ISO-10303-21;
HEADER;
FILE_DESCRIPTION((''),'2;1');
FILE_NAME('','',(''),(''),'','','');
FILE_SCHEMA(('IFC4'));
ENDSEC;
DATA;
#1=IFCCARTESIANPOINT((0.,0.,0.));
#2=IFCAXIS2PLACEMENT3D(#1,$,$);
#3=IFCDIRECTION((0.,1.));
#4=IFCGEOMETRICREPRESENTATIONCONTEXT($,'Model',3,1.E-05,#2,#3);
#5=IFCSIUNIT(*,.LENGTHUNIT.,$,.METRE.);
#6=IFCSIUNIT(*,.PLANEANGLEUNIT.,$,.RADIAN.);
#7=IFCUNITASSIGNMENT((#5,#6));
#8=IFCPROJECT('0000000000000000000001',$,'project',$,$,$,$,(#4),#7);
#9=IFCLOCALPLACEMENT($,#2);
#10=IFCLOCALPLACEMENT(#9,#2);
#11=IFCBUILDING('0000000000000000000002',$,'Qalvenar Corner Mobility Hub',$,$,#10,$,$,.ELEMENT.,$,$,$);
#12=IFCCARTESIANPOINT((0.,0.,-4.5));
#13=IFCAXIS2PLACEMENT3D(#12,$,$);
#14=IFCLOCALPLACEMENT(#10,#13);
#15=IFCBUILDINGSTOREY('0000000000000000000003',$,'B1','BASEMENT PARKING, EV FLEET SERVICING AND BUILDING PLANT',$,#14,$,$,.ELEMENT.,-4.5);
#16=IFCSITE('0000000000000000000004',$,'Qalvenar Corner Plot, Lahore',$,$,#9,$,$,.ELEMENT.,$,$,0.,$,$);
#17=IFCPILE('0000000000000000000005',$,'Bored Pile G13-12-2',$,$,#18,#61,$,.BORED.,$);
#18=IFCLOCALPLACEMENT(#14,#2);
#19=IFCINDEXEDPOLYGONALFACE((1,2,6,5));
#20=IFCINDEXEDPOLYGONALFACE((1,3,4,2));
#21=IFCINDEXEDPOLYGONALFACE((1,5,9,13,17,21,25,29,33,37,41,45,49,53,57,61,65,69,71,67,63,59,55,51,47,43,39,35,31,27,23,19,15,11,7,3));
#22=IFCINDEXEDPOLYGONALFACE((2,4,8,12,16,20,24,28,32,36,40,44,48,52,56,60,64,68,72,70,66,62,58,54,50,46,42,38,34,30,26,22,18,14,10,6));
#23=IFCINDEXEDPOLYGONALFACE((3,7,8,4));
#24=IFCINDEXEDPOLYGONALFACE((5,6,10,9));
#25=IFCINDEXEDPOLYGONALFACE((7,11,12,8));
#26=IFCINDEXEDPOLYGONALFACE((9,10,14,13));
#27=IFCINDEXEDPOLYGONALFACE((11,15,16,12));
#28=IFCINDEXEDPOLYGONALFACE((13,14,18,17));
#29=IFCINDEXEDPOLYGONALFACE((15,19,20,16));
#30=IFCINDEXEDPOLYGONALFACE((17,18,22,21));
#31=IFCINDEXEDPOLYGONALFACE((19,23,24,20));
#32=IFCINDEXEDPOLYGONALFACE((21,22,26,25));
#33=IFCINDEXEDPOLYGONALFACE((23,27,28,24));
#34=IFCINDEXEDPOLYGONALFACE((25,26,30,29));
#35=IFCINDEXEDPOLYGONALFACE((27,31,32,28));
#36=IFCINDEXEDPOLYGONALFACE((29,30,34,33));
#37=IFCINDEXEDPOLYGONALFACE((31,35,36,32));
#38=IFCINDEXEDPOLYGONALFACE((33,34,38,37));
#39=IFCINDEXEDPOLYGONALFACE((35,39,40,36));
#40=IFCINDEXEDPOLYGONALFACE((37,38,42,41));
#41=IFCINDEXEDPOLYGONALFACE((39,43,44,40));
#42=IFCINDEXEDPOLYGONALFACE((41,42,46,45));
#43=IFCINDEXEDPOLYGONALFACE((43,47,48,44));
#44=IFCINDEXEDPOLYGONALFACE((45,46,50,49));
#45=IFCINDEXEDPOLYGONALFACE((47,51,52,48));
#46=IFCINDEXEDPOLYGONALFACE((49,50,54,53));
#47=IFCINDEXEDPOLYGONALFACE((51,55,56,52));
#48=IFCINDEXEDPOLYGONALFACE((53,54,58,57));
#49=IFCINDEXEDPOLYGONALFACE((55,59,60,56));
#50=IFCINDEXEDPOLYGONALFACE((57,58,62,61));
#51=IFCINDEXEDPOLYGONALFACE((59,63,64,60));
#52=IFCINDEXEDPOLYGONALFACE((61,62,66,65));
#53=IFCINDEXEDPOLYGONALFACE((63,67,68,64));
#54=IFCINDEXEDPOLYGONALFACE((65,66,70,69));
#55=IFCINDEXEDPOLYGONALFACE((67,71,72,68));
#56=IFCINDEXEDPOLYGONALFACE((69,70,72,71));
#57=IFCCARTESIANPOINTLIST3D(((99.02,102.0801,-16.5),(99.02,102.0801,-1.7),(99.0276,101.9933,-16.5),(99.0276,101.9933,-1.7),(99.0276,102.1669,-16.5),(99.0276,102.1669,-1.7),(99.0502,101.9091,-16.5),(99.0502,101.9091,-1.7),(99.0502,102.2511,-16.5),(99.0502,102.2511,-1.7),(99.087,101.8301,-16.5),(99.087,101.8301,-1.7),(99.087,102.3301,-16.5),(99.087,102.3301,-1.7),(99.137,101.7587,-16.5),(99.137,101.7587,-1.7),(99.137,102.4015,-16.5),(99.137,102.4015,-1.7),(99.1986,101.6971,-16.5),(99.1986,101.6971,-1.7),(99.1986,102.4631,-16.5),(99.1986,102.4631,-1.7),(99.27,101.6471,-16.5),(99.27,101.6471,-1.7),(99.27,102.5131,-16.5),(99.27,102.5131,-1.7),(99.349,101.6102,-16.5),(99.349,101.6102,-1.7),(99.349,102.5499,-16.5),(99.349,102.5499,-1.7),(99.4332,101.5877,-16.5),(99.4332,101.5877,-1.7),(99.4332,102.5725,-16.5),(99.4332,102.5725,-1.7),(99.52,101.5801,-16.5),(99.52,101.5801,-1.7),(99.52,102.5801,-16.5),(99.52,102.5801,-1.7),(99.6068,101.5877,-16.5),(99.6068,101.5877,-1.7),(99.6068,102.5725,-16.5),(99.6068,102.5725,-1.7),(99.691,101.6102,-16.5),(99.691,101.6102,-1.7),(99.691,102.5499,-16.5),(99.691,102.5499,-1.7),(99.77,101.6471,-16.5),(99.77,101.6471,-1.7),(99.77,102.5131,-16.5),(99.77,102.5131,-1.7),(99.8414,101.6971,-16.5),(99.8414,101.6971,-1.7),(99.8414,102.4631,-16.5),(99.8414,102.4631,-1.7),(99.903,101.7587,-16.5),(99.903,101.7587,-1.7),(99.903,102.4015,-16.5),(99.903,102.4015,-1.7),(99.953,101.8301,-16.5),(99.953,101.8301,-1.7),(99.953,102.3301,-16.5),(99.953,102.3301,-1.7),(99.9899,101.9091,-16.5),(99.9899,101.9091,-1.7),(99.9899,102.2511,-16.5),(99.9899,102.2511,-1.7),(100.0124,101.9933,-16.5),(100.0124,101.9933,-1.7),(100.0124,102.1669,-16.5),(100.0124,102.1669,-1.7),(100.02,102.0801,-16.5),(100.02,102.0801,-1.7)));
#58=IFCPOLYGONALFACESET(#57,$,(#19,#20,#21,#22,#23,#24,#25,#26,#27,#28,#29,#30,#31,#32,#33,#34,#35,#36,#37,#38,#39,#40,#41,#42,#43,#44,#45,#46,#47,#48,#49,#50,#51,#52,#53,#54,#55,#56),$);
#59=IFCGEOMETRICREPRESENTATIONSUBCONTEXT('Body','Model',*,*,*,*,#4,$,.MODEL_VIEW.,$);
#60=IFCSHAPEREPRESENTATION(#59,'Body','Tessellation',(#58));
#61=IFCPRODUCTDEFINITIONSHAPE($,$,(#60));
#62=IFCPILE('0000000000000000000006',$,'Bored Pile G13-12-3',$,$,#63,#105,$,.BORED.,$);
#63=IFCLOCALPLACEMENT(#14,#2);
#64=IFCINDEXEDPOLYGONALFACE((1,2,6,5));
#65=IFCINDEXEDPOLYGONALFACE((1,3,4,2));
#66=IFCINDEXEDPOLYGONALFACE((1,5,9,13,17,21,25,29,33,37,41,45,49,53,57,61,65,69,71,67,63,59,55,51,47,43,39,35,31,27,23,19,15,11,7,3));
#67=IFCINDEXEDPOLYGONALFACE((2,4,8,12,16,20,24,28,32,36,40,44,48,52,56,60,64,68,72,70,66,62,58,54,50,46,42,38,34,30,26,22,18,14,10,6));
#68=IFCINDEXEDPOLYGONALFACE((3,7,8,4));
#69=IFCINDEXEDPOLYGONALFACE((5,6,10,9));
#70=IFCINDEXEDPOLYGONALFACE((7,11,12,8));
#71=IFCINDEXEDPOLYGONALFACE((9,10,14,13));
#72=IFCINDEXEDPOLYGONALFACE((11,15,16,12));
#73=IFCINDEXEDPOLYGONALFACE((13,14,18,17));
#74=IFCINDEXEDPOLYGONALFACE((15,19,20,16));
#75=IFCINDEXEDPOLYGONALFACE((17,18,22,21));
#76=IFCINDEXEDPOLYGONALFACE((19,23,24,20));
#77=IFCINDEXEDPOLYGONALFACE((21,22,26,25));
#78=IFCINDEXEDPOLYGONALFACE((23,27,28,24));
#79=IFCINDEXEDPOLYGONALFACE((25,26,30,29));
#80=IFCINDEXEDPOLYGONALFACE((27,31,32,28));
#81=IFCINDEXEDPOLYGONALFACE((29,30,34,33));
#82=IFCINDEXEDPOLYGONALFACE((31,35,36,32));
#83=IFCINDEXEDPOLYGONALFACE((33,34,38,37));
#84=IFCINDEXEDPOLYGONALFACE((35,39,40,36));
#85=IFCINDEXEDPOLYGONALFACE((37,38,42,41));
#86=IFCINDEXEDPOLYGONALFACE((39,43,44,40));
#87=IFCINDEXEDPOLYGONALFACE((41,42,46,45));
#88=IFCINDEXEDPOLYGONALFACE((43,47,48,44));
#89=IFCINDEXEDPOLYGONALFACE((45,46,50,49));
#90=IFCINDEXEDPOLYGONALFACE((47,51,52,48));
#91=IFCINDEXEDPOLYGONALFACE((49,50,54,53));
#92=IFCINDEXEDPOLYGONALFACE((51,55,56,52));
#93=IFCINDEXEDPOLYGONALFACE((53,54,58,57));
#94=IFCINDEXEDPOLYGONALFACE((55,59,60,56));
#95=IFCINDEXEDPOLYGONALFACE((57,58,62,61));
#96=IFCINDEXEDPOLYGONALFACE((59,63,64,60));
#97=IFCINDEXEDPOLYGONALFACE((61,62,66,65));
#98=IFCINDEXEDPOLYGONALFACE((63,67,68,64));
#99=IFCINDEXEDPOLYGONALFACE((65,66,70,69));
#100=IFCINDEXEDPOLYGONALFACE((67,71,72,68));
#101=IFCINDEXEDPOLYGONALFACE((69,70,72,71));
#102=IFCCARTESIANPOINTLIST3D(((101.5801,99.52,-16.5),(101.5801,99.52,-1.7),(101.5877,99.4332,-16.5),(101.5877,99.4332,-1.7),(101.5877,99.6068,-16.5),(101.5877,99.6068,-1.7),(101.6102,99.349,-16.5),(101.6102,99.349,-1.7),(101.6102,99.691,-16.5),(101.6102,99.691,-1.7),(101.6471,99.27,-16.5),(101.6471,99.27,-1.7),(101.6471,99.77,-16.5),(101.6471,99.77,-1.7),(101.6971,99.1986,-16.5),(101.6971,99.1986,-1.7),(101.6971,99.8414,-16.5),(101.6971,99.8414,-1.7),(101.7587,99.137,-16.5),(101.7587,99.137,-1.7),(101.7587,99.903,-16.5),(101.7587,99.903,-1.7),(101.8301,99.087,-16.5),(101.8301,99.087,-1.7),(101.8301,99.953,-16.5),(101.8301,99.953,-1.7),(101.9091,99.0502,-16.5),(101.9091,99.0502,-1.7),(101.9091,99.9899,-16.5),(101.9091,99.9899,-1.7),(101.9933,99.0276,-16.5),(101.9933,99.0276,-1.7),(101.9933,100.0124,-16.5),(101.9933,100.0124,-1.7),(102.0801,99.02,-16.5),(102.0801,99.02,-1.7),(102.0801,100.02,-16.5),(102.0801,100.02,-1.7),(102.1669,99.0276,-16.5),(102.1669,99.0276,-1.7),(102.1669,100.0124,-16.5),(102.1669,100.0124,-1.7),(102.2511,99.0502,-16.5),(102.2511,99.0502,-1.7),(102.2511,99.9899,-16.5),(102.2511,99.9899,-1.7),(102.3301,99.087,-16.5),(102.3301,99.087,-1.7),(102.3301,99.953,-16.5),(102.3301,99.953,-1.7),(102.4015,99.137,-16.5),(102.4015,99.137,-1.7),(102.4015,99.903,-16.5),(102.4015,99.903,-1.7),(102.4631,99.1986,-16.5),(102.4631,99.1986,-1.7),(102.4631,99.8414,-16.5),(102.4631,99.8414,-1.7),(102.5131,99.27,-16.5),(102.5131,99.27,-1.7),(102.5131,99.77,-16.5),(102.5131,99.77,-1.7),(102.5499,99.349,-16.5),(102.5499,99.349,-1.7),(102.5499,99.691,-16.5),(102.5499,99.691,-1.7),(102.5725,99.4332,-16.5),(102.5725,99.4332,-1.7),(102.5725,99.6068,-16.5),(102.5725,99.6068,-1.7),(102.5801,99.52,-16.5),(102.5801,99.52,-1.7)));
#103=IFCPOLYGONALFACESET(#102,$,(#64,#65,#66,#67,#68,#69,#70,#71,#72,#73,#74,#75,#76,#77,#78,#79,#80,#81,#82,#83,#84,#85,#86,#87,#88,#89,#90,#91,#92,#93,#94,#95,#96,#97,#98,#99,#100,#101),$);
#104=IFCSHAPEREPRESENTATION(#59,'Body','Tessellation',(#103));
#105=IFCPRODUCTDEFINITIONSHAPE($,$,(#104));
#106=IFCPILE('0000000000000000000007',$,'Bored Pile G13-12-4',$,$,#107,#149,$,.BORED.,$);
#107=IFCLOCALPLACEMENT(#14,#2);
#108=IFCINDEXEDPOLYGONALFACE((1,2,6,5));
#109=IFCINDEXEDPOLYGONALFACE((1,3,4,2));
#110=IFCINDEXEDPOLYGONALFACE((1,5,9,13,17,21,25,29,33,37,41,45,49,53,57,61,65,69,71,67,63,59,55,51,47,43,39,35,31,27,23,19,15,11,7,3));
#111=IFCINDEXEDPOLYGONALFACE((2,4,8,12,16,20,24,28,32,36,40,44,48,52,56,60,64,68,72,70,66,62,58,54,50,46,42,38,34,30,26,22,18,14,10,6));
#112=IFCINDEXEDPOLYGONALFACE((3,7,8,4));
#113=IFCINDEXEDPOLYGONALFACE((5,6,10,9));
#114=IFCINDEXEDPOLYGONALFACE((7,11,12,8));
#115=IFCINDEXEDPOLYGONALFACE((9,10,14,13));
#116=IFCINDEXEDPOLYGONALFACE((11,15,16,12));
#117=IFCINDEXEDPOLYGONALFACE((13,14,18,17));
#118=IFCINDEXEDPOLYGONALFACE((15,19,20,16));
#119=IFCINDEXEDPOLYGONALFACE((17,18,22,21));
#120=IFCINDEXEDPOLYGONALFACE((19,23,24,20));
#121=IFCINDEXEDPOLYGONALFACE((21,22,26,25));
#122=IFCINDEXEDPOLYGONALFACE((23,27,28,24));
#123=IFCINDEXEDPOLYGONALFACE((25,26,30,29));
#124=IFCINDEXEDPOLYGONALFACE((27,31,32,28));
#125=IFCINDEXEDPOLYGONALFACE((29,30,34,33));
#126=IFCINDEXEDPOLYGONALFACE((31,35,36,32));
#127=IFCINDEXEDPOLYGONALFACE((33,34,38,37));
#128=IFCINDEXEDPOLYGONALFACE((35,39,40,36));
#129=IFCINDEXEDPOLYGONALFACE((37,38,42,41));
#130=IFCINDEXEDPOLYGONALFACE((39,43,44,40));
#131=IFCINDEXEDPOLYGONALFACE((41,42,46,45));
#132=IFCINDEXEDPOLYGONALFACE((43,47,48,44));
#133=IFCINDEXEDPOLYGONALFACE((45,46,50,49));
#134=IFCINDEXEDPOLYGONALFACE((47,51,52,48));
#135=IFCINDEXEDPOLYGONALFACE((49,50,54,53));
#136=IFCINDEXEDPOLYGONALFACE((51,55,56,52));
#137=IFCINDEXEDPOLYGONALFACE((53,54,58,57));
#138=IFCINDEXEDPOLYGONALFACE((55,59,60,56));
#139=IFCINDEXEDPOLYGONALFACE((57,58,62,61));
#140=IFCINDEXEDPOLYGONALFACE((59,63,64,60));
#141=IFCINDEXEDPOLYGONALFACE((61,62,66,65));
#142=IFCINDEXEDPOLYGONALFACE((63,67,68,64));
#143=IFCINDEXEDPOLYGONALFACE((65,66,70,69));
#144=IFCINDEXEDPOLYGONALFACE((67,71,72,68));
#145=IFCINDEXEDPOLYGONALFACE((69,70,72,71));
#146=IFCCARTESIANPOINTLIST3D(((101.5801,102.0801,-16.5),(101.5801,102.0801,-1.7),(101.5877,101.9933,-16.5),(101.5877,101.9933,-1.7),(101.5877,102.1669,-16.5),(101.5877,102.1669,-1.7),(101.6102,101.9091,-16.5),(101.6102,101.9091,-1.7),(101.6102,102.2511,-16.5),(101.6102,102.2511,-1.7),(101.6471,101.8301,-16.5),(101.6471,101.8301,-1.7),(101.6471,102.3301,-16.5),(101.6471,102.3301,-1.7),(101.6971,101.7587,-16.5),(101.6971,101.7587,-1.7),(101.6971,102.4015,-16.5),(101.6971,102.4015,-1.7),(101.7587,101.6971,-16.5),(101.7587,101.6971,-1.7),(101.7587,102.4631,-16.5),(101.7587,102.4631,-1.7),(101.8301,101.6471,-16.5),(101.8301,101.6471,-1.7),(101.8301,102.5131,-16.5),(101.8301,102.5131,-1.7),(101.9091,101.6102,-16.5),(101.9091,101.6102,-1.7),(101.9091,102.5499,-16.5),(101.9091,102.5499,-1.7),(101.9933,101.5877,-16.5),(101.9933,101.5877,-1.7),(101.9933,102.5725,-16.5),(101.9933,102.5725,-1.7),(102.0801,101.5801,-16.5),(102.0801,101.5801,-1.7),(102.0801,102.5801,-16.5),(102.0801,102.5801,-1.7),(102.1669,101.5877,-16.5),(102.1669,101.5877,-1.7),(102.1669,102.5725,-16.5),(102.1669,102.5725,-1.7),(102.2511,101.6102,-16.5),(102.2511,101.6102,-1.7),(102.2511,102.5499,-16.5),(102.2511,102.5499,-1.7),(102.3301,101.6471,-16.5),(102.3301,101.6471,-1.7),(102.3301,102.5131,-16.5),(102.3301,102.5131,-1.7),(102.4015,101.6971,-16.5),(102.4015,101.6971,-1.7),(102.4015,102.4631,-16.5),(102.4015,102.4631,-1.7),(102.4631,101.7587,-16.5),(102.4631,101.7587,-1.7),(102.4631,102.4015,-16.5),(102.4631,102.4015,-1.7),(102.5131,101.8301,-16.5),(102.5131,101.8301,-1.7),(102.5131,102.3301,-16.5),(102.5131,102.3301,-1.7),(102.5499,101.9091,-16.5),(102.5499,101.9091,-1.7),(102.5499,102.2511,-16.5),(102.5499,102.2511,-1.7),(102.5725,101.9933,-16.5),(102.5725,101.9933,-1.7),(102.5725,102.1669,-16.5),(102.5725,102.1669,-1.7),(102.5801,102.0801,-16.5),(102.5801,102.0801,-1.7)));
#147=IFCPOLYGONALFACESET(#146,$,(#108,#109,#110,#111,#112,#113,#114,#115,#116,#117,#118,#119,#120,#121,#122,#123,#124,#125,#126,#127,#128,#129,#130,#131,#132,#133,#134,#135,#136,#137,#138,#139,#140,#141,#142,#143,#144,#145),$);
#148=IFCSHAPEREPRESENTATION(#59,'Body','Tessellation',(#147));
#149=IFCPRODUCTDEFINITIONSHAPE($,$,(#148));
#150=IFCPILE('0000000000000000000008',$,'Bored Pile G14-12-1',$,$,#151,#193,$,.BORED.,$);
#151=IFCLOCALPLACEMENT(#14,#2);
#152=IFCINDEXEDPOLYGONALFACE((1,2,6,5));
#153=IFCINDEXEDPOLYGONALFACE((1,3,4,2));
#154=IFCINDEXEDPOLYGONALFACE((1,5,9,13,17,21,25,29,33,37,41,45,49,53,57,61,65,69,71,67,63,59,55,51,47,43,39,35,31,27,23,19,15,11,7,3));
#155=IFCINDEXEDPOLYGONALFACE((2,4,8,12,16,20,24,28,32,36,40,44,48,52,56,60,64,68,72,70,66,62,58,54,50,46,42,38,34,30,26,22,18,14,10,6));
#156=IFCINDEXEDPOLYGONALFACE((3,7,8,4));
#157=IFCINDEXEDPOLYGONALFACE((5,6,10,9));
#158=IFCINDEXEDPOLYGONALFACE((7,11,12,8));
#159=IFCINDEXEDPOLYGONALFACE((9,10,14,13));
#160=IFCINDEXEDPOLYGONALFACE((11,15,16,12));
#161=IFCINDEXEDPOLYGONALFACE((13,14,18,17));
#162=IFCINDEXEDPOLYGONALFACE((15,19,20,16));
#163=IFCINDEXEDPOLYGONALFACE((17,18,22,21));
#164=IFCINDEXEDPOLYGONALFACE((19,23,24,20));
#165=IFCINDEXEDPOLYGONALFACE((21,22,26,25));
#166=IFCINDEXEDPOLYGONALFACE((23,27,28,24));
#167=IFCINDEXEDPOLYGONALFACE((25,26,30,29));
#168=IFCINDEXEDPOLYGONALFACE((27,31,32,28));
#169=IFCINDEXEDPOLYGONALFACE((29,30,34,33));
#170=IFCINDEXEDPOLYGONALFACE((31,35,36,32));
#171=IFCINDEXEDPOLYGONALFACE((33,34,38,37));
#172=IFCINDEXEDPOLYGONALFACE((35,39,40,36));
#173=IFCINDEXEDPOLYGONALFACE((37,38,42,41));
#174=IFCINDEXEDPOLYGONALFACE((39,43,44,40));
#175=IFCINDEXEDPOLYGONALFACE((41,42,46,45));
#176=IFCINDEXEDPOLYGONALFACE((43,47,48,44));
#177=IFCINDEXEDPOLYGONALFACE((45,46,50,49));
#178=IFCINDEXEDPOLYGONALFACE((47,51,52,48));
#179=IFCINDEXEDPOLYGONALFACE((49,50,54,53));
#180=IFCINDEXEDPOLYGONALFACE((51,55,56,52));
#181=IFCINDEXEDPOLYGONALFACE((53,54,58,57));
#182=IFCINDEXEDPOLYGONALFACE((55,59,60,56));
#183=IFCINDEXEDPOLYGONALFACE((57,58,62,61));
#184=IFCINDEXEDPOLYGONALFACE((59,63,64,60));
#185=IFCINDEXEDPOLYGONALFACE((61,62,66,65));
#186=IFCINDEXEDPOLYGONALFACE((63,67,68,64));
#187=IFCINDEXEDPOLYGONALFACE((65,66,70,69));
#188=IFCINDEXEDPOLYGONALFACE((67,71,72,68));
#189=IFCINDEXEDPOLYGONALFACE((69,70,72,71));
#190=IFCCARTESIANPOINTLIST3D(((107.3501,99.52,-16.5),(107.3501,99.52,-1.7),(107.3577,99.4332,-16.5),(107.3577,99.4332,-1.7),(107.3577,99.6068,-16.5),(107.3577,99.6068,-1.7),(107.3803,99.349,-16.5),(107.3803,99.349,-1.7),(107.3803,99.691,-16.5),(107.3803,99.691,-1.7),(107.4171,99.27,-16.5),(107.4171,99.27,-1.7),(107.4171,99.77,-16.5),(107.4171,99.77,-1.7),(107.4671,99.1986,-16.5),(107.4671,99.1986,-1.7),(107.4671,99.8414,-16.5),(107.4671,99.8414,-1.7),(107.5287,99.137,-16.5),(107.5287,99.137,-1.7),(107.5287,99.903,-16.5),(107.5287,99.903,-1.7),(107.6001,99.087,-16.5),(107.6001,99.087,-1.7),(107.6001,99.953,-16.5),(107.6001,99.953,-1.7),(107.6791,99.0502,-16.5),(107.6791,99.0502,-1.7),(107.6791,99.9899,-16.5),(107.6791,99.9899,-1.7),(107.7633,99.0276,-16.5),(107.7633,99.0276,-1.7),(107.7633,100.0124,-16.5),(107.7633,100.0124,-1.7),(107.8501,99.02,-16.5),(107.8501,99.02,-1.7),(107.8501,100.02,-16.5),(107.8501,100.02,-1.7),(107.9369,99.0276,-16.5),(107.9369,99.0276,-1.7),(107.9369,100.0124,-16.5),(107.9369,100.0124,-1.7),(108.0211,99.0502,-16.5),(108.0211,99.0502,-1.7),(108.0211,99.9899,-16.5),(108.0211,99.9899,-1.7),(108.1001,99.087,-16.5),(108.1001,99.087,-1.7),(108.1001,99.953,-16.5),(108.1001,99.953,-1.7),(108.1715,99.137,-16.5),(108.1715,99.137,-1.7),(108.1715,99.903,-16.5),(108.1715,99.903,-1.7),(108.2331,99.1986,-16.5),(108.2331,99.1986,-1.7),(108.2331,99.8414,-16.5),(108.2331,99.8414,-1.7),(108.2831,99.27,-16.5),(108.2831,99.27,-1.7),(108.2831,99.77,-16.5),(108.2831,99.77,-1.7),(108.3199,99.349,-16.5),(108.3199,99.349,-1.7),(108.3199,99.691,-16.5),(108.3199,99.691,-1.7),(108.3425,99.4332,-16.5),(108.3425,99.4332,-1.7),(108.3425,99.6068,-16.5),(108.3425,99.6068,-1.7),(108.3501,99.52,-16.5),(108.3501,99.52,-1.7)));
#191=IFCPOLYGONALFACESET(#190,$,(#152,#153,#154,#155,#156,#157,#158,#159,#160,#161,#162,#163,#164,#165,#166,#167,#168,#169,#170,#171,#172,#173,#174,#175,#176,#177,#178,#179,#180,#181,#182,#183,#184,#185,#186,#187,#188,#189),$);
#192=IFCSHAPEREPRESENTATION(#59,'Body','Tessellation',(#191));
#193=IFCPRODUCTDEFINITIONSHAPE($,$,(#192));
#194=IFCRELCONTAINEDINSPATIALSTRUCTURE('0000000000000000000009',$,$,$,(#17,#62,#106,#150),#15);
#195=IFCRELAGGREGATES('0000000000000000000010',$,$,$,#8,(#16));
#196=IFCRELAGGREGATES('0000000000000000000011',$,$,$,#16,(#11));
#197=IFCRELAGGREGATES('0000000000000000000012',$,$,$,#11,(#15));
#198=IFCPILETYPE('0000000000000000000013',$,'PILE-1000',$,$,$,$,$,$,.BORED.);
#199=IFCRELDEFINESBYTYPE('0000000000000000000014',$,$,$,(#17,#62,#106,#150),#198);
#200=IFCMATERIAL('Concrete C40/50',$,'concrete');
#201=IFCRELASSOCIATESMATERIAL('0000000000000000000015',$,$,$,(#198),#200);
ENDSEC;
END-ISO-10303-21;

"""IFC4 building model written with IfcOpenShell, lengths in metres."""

from ifc_helpers import new_model, si_unit, direction, frame, origin, origin_2d, place, context, subcontext, project, spatial, circle, extrude, material, material_profile, profile_set, type_object, element, save


model = new_model("IFC4")

# Units and contexts
model_context = context("Model", 3, precision=1e-05, world=origin(), true_north=direction((0.0, 1.0)))
body_context = subcontext(model_context, "Body", "Model", "MODEL_VIEW")
ifc_project = project(units=[si_unit("LENGTHUNIT", "METRE"), si_unit("PLANEANGLEUNIT", "RADIAN")], contexts=[model_context])

# Site, building, storey
site_placement = place(None, origin())
site = spatial("IfcSite", under=ifc_project, at=site_placement, Name="Qalvenar Corner Plot, Lahore", CompositionType="ELEMENT", RefElevation=0.0)
building_placement = place(site_placement, origin())
building = spatial("IfcBuilding", under=site, at=building_placement, Name="Qalvenar Corner Mobility Hub", CompositionType="ELEMENT")
storey_placement = place(building_placement, frame((0.0, 0.0, -4.5)))
storey = spatial("IfcBuildingStorey", under=building, at=storey_placement, Name="B1", Description="BASEMENT PARKING, EV FLEET SERVICING AND BUILDING PLANT", CompositionType="ELEMENT", Elevation=-4.5)

# Shared definitions
ifc_material_1 = material(Name="Concrete C40/50", Category="concrete")

# Piles
ifc_material_profile_1 = material_profile(ifc_material_1, circle(Radius=0.5, at=origin_2d()), Name="DIA1000")
ifc_profile_set_1 = profile_set([ifc_material_profile_1], Name="Concrete C40/50")
pile_type_1 = type_object("IfcPileType", Name="PILE-1000", PredefinedType="BORED", material=ifc_profile_set_1)
for number, where, z_axis, x_axis, name in (
    (1, (99.52, 102.0801, -1.7), (0.0, 0.0, -1.0), (1.0, 0.0, 0.0), "Bored Pile G13-12-2"),
    (2, (102.0801, 99.52, -1.7), (0.0, 0.0, -1.0), (1.0, 0.0, 0.0), "Bored Pile G13-12-3"),
    (3, (102.0801, 102.0801, -1.7), (0.0, 0.0, -1.0), (1.0, 0.0, 0.0), "Bored Pile G13-12-4"),
    (4, (107.8501, 99.52, -1.7), (0.0, 0.0, -1.0), (1.0, 0.0, 0.0), "Bored Pile G14-12-1"),
):
    element("IfcPile", number, at=place(storey_placement, frame(where, z_axis=z_axis, x_axis=x_axis)), inside=storey, type_object=pile_type_1, Name=name, PredefinedType="BORED", context=body_context, shape_type="SweptSolid", body=[
        extrude(circle(Radius=0.5, at=origin_2d()), origin(), (0.0, 0.0, 1.0), 14.8),
    ])

save(model, "model.ifc")
